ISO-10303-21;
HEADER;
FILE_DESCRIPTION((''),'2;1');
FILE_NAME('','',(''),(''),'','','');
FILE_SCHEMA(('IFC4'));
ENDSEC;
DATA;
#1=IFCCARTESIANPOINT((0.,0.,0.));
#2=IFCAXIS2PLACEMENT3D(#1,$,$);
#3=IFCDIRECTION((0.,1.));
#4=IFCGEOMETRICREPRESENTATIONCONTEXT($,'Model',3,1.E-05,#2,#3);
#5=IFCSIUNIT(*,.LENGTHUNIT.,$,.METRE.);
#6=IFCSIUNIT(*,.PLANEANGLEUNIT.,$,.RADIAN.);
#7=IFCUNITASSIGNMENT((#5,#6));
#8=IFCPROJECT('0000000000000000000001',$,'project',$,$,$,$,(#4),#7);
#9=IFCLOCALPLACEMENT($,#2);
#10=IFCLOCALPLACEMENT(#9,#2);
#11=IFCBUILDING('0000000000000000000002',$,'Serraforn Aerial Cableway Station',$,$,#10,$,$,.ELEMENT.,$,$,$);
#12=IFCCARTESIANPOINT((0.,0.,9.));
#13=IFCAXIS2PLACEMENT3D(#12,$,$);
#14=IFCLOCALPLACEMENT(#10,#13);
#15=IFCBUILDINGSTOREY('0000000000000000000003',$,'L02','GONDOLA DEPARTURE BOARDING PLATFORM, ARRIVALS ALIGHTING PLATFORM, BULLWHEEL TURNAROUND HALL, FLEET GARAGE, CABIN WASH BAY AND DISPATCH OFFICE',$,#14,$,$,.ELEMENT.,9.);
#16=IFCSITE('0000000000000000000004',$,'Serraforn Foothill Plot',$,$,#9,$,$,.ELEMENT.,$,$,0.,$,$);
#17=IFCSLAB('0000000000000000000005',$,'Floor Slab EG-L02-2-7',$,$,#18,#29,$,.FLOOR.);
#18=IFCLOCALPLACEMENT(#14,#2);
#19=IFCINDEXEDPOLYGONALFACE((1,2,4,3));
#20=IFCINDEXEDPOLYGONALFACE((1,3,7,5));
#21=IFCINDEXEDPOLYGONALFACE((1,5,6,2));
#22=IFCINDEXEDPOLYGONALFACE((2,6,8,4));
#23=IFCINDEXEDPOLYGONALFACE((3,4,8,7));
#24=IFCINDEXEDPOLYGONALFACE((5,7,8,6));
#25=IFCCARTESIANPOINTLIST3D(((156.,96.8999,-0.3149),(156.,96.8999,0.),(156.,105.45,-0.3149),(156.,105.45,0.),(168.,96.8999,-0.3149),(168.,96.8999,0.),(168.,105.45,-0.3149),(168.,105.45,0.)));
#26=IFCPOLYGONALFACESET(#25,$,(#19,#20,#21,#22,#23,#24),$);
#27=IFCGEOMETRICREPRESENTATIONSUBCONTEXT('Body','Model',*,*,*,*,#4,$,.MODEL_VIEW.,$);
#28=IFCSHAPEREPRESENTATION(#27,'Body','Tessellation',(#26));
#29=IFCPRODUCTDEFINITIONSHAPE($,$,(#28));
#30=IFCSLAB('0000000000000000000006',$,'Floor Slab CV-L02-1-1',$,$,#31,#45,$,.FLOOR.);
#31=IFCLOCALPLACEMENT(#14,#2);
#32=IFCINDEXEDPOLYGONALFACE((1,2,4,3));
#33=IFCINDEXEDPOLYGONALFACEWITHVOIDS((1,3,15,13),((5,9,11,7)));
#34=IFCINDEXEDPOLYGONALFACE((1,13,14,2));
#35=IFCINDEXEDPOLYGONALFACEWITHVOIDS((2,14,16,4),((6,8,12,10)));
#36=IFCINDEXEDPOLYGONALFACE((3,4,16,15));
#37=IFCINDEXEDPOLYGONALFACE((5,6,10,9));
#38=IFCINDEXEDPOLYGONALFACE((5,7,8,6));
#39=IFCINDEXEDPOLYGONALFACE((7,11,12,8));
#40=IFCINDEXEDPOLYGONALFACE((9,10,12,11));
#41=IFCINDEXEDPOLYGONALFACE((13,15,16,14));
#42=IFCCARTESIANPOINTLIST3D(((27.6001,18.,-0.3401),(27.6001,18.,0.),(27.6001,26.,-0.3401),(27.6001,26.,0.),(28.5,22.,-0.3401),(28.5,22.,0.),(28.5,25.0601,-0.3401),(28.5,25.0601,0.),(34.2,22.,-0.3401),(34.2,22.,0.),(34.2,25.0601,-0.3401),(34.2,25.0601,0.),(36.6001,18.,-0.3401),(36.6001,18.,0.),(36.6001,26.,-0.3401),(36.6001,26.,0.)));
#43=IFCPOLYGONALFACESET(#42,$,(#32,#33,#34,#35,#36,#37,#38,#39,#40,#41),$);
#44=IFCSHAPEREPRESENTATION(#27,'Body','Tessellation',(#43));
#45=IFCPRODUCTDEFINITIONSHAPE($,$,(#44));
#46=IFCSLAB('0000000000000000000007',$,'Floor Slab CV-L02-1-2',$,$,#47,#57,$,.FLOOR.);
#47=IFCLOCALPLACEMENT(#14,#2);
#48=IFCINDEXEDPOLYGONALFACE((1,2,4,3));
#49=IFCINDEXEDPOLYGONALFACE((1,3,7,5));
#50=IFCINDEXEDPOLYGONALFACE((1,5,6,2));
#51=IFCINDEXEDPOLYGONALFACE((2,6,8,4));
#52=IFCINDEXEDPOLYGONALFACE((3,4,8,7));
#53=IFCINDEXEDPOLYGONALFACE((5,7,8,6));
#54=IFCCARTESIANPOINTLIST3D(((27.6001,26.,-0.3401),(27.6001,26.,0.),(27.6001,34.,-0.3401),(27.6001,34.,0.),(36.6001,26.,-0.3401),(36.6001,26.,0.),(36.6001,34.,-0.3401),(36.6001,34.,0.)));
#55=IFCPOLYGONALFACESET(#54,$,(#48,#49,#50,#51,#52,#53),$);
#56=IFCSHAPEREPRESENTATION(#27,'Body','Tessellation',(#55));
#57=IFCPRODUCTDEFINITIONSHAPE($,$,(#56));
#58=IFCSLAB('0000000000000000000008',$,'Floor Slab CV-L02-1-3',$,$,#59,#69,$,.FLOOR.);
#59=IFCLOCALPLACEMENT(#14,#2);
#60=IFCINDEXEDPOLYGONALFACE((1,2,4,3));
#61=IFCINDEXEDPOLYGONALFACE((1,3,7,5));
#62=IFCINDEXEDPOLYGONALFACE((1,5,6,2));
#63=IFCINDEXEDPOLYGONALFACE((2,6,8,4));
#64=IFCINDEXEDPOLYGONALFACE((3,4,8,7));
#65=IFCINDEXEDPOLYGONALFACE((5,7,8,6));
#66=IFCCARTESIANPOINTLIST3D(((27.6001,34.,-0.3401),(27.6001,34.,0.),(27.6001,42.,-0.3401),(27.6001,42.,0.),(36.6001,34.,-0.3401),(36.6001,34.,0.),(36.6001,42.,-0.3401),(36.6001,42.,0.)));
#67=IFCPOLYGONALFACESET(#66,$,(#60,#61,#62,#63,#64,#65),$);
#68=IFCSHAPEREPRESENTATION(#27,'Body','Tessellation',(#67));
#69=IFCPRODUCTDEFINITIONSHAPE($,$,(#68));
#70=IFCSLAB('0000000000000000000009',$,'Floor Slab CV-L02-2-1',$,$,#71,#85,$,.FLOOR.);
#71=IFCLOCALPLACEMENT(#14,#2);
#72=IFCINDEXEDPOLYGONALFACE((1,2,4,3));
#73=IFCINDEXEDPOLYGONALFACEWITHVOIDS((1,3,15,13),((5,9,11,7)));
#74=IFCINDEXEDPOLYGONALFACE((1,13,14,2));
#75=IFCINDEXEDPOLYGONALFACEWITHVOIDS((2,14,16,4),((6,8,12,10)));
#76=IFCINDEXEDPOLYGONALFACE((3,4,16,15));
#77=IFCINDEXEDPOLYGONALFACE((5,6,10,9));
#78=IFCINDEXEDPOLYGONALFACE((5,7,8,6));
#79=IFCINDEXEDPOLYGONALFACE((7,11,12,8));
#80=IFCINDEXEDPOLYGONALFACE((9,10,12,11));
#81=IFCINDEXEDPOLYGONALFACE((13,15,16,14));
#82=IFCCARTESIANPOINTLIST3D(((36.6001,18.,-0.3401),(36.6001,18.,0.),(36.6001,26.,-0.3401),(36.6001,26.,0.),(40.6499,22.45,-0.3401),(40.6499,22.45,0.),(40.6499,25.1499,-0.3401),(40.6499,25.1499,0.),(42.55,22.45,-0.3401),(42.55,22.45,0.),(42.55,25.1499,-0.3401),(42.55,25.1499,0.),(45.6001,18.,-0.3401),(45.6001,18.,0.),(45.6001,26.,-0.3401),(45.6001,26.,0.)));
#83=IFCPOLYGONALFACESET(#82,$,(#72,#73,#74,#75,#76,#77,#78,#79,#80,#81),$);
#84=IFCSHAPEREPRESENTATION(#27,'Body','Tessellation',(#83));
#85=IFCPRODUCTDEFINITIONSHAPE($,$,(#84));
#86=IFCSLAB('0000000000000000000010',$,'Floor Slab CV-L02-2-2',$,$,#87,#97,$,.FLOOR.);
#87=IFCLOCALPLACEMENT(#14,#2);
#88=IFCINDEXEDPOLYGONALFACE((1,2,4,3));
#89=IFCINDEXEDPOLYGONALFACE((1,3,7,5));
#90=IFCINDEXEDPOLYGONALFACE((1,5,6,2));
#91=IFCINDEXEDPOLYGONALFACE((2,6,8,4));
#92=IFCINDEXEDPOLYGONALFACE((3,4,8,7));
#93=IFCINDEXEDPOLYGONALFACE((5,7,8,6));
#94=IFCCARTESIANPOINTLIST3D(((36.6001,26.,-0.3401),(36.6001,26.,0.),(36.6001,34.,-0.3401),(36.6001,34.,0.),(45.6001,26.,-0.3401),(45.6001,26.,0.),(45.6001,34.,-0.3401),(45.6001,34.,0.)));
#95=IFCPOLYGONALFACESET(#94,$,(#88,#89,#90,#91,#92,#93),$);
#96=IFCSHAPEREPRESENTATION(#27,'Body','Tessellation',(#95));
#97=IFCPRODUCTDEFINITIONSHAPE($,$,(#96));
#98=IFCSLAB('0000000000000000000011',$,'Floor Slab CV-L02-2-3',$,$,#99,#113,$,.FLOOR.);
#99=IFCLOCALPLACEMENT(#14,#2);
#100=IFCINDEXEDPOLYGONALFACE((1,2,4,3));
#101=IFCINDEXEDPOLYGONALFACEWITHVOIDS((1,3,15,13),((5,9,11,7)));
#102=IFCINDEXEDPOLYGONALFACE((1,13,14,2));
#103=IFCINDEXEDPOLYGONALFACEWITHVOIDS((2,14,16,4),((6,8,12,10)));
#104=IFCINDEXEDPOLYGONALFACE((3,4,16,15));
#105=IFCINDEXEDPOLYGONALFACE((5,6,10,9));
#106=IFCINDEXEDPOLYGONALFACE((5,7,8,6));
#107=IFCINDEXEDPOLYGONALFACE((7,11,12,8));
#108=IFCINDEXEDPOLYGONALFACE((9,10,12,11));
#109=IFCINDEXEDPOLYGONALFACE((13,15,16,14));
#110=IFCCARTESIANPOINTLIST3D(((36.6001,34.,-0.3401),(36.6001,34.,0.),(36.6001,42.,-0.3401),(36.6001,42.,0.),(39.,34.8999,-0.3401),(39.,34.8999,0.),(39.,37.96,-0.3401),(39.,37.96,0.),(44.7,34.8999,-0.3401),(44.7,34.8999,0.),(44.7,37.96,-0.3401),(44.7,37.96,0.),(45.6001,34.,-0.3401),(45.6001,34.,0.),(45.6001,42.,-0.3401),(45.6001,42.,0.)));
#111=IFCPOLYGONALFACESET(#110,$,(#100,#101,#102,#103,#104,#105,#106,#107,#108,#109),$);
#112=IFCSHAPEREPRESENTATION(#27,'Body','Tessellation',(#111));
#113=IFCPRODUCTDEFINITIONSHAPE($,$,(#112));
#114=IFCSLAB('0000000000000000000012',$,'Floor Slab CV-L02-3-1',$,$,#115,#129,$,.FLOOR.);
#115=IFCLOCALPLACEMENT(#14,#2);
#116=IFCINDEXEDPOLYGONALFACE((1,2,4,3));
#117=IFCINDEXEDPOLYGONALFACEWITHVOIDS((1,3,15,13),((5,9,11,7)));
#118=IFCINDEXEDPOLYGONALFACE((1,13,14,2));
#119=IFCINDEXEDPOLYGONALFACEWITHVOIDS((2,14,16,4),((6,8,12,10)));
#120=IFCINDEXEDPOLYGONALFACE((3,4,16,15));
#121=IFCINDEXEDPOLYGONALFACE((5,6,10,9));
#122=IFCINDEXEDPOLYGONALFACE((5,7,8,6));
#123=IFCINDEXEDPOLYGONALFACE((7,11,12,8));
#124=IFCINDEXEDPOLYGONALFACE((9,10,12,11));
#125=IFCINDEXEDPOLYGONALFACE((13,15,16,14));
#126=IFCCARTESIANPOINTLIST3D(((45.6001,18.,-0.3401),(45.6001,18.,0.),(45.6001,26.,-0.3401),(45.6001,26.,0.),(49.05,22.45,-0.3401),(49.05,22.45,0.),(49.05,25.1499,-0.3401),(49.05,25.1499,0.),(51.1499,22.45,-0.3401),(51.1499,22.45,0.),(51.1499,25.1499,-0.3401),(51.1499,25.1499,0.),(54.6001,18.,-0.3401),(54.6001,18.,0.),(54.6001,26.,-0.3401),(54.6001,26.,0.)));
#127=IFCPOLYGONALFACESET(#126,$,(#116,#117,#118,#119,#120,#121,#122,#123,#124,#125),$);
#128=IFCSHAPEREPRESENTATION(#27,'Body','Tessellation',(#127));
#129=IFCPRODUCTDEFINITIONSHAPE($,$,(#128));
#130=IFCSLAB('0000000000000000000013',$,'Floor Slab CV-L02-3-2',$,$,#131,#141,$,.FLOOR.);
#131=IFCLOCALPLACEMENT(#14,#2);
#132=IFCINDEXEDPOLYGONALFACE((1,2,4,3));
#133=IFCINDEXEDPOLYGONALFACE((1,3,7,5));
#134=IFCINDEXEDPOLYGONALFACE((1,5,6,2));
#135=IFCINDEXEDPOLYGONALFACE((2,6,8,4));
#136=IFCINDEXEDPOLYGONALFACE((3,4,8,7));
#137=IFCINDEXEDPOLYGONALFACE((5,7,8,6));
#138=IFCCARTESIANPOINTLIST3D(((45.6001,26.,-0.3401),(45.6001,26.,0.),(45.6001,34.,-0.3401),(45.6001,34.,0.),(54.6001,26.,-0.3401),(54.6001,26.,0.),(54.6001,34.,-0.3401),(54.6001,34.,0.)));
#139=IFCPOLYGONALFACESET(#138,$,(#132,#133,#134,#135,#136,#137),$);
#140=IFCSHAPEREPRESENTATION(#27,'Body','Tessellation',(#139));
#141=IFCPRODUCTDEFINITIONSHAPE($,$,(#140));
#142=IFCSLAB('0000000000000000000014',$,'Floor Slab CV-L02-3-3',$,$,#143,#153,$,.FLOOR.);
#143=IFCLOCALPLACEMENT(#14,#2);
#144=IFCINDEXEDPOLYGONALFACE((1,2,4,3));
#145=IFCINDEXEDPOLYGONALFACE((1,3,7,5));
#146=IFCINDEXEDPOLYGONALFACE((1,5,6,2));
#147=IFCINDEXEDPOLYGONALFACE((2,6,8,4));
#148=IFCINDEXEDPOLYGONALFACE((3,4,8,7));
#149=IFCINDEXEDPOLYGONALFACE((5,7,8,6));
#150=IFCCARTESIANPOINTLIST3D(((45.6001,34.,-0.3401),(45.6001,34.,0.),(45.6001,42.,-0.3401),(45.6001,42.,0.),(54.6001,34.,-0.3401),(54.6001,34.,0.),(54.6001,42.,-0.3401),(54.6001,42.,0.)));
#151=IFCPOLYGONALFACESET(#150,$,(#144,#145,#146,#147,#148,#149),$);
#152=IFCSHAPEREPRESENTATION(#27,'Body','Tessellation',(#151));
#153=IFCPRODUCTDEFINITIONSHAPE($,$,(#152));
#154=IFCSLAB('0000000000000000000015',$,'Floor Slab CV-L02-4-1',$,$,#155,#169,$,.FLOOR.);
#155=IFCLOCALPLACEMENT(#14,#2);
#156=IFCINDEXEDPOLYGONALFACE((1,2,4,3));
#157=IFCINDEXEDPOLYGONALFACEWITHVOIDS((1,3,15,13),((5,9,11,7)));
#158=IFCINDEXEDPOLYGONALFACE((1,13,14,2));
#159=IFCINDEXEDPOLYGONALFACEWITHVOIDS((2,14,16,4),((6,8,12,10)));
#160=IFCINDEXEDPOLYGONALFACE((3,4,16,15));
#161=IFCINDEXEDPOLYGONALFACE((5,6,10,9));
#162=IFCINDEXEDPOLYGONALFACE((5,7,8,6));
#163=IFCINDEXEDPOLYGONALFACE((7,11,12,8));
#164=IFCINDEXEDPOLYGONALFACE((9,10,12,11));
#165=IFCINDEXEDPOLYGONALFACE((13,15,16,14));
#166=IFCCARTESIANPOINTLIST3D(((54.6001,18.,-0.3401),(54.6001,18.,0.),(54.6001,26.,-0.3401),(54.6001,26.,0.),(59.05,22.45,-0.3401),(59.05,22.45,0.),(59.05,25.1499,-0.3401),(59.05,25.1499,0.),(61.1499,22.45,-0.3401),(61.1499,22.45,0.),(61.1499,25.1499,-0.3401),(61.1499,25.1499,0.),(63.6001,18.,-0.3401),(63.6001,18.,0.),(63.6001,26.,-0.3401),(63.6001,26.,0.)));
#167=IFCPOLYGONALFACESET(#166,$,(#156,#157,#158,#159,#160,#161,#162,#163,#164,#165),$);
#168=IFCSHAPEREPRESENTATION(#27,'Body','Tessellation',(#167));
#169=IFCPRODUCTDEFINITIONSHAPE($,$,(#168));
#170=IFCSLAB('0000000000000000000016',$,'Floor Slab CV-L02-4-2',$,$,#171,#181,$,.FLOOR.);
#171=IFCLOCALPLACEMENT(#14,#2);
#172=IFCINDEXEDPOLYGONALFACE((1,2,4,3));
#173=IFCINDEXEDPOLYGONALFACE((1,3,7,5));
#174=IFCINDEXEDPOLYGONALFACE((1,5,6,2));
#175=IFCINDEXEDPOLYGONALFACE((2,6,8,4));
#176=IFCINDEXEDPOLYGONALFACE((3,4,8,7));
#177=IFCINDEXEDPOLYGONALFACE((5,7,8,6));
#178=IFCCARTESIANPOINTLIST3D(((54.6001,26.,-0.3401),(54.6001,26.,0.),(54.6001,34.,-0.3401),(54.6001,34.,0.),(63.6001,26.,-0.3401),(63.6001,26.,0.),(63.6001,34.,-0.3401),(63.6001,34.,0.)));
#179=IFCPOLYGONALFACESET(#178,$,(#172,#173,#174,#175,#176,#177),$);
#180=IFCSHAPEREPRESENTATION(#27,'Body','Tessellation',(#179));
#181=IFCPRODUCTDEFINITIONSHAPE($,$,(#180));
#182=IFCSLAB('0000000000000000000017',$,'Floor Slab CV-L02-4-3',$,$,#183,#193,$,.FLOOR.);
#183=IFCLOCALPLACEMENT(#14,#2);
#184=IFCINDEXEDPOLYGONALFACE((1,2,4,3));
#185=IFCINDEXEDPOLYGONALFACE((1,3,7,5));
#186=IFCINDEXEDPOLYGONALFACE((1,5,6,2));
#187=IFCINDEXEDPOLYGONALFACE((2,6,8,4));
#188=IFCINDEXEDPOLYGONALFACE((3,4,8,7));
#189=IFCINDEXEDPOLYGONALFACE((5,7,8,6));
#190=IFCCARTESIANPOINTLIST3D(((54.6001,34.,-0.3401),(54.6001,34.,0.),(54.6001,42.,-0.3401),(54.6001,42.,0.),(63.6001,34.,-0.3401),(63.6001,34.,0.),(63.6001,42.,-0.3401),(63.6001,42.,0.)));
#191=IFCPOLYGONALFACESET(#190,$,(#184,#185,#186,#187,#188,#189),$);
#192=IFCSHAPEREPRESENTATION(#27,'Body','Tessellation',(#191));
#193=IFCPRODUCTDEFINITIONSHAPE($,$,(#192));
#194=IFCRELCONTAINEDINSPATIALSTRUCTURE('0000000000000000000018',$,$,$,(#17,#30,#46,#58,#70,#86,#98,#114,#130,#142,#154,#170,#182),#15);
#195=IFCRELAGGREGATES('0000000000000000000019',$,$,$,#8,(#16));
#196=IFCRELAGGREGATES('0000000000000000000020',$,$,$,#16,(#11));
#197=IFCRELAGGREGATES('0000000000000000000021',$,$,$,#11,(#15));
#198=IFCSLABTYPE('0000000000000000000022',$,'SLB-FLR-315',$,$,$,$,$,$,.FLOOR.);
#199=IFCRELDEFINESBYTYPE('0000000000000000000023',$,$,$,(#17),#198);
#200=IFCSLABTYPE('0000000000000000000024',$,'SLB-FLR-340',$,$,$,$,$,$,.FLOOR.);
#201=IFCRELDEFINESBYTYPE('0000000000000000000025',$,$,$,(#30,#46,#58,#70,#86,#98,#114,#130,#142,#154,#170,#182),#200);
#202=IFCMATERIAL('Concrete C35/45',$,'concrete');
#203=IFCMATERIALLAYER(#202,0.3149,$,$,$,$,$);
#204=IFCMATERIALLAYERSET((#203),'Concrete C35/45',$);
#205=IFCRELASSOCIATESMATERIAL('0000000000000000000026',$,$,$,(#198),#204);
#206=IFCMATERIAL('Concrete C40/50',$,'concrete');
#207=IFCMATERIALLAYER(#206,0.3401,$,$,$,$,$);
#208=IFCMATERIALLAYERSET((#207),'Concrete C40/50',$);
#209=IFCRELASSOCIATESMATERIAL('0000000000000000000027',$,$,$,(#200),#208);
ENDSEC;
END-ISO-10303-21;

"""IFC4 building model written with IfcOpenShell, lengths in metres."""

from ifc_helpers import new_model, si_unit, direction, frame, origin, place, context, subcontext, project, spatial, polyline, outline, extrude, material, layer, layer_set, type_object, element, save


model = new_model("IFC4")

# Units and contexts
model_context = context("Model", 3, precision=1e-05, world=origin(), true_north=direction((0.0, 1.0)))
body_context = subcontext(model_context, "Body", "Model", "MODEL_VIEW")
ifc_project = project(units=[si_unit("LENGTHUNIT", "METRE"), si_unit("PLANEANGLEUNIT", "RADIAN")], contexts=[model_context])

# Site, building, storey
site_placement = place(None, origin())
site = spatial("IfcSite", under=ifc_project, at=site_placement, Name="Serraforn Foothill Plot", CompositionType="ELEMENT", RefElevation=0.0)
building_placement = place(site_placement, origin())
building = spatial("IfcBuilding", under=site, at=building_placement, Name="Serraforn Aerial Cableway Station", CompositionType="ELEMENT")
storey_placement = place(building_placement, frame((0.0, 0.0, 9.0)))
storey = spatial("IfcBuildingStorey", under=building, at=storey_placement, Name="L02", Description="GONDOLA DEPARTURE BOARDING PLATFORM, ARRIVALS ALIGHTING PLATFORM, BULLWHEEL TURNAROUND HALL, FLEET GARAGE, CABIN WASH BAY AND DISPATCH OFFICE", CompositionType="ELEMENT", Elevation=9.0)

# Slabs
ifc_material_1 = material(Name="Concrete C35/45", Category="concrete")
ifc_layer_1 = layer(ifc_material_1, 0.3149)
ifc_layer_set_1 = layer_set([ifc_layer_1], Name="Concrete C35/45")
slab_type_1 = type_object("IfcSlabType", Name="SLB-FLR-315", PredefinedType="FLOOR", material=ifc_layer_set_1)
slab_1_placement = place(storey_placement, frame((0.0, 0.0, -0.3149)))
element("IfcSlab", 1, at=slab_1_placement, inside=storey, type_object=slab_type_1, Name="Floor Slab EG-L02-2-7", PredefinedType="FLOOR", context=body_context, shape_type="SweptSolid", body=[
    extrude(outline(polyline([(156.0, 96.8999), (168.0, 96.8999), (168.0, 105.45), (156.0, 105.45), (156.0, 96.8999)])), origin(), (0.0, 0.0, 1.0), 0.3149),
])
ifc_material_2 = material(Name="Concrete C40/50", Category="concrete")
ifc_layer_2 = layer(ifc_material_2, 0.3401)
ifc_layer_set_2 = layer_set([ifc_layer_2], Name="Concrete C40/50")
slab_type_2 = type_object("IfcSlabType", Name="SLB-FLR-340", PredefinedType="FLOOR", material=ifc_layer_set_2)
slab_2_placement = place(storey_placement, frame((0.0, 0.0, -0.3401)))
element("IfcSlab", 2, at=slab_2_placement, inside=storey, type_object=slab_type_2, Name="Floor Slab CV-L02-1-1", PredefinedType="FLOOR", context=body_context, shape_type="SweptSolid", body=[
    extrude(outline(polyline([(27.6001, 18.0), (36.6001, 18.0), (36.6001, 26.0), (27.6001, 26.0), (27.6001, 18.0)]), holes=[polyline([(34.2, 25.0601), (28.5, 25.0601), (28.5, 22.0), (34.2, 22.0), (34.2, 25.0601)])]), origin(), (0.0, 0.0, 1.0), 0.3401),
])
slab_3_placement = place(storey_placement, frame((0.0, 0.0, -0.3401)))
element("IfcSlab", 3, at=slab_3_placement, inside=storey, type_object=slab_type_2, Name="Floor Slab CV-L02-1-2", PredefinedType="FLOOR", context=body_context, shape_type="SweptSolid", body=[
    extrude(outline(polyline([(27.6001, 26.0), (36.6001, 26.0), (36.6001, 34.0), (27.6001, 34.0), (27.6001, 26.0)])), origin(), (0.0, 0.0, 1.0), 0.3401),
])
slab_4_placement = place(storey_placement, frame((0.0, 0.0, -0.3401)))
element("IfcSlab", 4, at=slab_4_placement, inside=storey, type_object=slab_type_2, Name="Floor Slab CV-L02-1-3", PredefinedType="FLOOR", context=body_context, shape_type="SweptSolid", body=[
    extrude(outline(polyline([(27.6001, 34.0), (36.6001, 34.0), (36.6001, 42.0), (27.6001, 42.0), (27.6001, 34.0)])), origin(), (0.0, 0.0, 1.0), 0.3401),
])
slab_5_placement = place(storey_placement, frame((0.0, 0.0, -0.3401)))
element("IfcSlab", 5, at=slab_5_placement, inside=storey, type_object=slab_type_2, Name="Floor Slab CV-L02-2-1", PredefinedType="FLOOR", context=body_context, shape_type="SweptSolid", body=[
    extrude(outline(polyline([(36.6001, 18.0), (45.6001, 18.0), (45.6001, 26.0), (36.6001, 26.0), (36.6001, 18.0)]), holes=[polyline([(40.6499, 22.45), (42.55, 22.45), (42.55, 25.1499), (40.6499, 25.1499), (40.6499, 22.45)])]), origin(), (0.0, 0.0, 1.0), 0.3401),
])
slab_6_placement = place(storey_placement, frame((0.0, 0.0, -0.3401)))
element("IfcSlab", 6, at=slab_6_placement, inside=storey, type_object=slab_type_2, Name="Floor Slab CV-L02-2-2", PredefinedType="FLOOR", context=body_context, shape_type="SweptSolid", body=[
    extrude(outline(polyline([(36.6001, 26.0), (45.6001, 26.0), (45.6001, 34.0), (36.6001, 34.0), (36.6001, 26.0)])), origin(), (0.0, 0.0, 1.0), 0.3401),
])
slab_7_placement = place(storey_placement, frame((0.0, 0.0, -0.3401)))
element("IfcSlab", 7, at=slab_7_placement, inside=storey, type_object=slab_type_2, Name="Floor Slab CV-L02-2-3", PredefinedType="FLOOR", context=body_context, shape_type="SweptSolid", body=[
    extrude(outline(polyline([(36.6001, 34.0), (45.6001, 34.0), (45.6001, 42.0), (36.6001, 42.0), (36.6001, 34.0)]), holes=[polyline([(39.0, 34.8999), (44.7, 34.8999), (44.7, 37.96), (39.0, 37.96), (39.0, 34.8999)])]), origin(), (0.0, 0.0, 1.0), 0.3401),
])
slab_8_placement = place(storey_placement, frame((0.0, 0.0, -0.3401)))
element("IfcSlab", 8, at=slab_8_placement, inside=storey, type_object=slab_type_2, Name="Floor Slab CV-L02-3-1", PredefinedType="FLOOR", context=body_context, shape_type="SweptSolid", body=[
    extrude(outline(polyline([(45.6001, 18.0), (54.6001, 18.0), (54.6001, 26.0), (45.6001, 26.0), (45.6001, 18.0)]), holes=[polyline([(49.05, 22.45), (51.1499, 22.45), (51.1499, 25.1499), (49.05, 25.1499), (49.05, 22.45)])]), origin(), (0.0, 0.0, 1.0), 0.3401),
])
slab_9_placement = place(storey_placement, frame((0.0, 0.0, -0.3401)))
element("IfcSlab", 9, at=slab_9_placement, inside=storey, type_object=slab_type_2, Name="Floor Slab CV-L02-3-2", PredefinedType="FLOOR", context=body_context, shape_type="SweptSolid", body=[
    extrude(outline(polyline([(45.6001, 26.0), (54.6001, 26.0), (54.6001, 34.0), (45.6001, 34.0), (45.6001, 26.0)])), origin(), (0.0, 0.0, 1.0), 0.3401),
])
slab_10_placement = place(storey_placement, frame((0.0, 0.0, -0.3401)))
element("IfcSlab", 10, at=slab_10_placement, inside=storey, type_object=slab_type_2, Name="Floor Slab CV-L02-3-3", PredefinedType="FLOOR", context=body_context, shape_type="SweptSolid", body=[
    extrude(outline(polyline([(45.6001, 34.0), (54.6001, 34.0), (54.6001, 42.0), (45.6001, 42.0), (45.6001, 34.0)])), origin(), (0.0, 0.0, 1.0), 0.3401),
])
slab_11_placement = place(storey_placement, frame((0.0, 0.0, -0.3401)))
element("IfcSlab", 11, at=slab_11_placement, inside=storey, type_object=slab_type_2, Name="Floor Slab CV-L02-4-1", PredefinedType="FLOOR", context=body_context, shape_type="SweptSolid", body=[
    extrude(outline(polyline([(54.6001, 18.0), (63.6001, 18.0), (63.6001, 26.0), (54.6001, 26.0), (54.6001, 18.0)]), holes=[polyline([(59.05, 22.45), (61.1499, 22.45), (61.1499, 25.1499), (59.05, 25.1499), (59.05, 22.45)])]), origin(), (0.0, 0.0, 1.0), 0.3401),
])
slab_12_placement = place(storey_placement, frame((0.0, 0.0, -0.3401)))
element("IfcSlab", 12, at=slab_12_placement, inside=storey, type_object=slab_type_2, Name="Floor Slab CV-L02-4-2", PredefinedType="FLOOR", context=body_context, shape_type="SweptSolid", body=[
    extrude(outline(polyline([(54.6001, 26.0), (63.6001, 26.0), (63.6001, 34.0), (54.6001, 34.0), (54.6001, 26.0)])), origin(), (0.0, 0.0, 1.0), 0.3401),
])
slab_13_placement = place(storey_placement, frame((0.0, 0.0, -0.3401)))
element("IfcSlab", 13, at=slab_13_placement, inside=storey, type_object=slab_type_2, Name="Floor Slab CV-L02-4-3", PredefinedType="FLOOR", context=body_context, shape_type="SweptSolid", body=[
    extrude(outline(polyline([(54.6001, 34.0), (63.6001, 34.0), (63.6001, 42.0), (54.6001, 42.0), (54.6001, 34.0)])), origin(), (0.0, 0.0, 1.0), 0.3401),
])

save(model, "model.ifc")
